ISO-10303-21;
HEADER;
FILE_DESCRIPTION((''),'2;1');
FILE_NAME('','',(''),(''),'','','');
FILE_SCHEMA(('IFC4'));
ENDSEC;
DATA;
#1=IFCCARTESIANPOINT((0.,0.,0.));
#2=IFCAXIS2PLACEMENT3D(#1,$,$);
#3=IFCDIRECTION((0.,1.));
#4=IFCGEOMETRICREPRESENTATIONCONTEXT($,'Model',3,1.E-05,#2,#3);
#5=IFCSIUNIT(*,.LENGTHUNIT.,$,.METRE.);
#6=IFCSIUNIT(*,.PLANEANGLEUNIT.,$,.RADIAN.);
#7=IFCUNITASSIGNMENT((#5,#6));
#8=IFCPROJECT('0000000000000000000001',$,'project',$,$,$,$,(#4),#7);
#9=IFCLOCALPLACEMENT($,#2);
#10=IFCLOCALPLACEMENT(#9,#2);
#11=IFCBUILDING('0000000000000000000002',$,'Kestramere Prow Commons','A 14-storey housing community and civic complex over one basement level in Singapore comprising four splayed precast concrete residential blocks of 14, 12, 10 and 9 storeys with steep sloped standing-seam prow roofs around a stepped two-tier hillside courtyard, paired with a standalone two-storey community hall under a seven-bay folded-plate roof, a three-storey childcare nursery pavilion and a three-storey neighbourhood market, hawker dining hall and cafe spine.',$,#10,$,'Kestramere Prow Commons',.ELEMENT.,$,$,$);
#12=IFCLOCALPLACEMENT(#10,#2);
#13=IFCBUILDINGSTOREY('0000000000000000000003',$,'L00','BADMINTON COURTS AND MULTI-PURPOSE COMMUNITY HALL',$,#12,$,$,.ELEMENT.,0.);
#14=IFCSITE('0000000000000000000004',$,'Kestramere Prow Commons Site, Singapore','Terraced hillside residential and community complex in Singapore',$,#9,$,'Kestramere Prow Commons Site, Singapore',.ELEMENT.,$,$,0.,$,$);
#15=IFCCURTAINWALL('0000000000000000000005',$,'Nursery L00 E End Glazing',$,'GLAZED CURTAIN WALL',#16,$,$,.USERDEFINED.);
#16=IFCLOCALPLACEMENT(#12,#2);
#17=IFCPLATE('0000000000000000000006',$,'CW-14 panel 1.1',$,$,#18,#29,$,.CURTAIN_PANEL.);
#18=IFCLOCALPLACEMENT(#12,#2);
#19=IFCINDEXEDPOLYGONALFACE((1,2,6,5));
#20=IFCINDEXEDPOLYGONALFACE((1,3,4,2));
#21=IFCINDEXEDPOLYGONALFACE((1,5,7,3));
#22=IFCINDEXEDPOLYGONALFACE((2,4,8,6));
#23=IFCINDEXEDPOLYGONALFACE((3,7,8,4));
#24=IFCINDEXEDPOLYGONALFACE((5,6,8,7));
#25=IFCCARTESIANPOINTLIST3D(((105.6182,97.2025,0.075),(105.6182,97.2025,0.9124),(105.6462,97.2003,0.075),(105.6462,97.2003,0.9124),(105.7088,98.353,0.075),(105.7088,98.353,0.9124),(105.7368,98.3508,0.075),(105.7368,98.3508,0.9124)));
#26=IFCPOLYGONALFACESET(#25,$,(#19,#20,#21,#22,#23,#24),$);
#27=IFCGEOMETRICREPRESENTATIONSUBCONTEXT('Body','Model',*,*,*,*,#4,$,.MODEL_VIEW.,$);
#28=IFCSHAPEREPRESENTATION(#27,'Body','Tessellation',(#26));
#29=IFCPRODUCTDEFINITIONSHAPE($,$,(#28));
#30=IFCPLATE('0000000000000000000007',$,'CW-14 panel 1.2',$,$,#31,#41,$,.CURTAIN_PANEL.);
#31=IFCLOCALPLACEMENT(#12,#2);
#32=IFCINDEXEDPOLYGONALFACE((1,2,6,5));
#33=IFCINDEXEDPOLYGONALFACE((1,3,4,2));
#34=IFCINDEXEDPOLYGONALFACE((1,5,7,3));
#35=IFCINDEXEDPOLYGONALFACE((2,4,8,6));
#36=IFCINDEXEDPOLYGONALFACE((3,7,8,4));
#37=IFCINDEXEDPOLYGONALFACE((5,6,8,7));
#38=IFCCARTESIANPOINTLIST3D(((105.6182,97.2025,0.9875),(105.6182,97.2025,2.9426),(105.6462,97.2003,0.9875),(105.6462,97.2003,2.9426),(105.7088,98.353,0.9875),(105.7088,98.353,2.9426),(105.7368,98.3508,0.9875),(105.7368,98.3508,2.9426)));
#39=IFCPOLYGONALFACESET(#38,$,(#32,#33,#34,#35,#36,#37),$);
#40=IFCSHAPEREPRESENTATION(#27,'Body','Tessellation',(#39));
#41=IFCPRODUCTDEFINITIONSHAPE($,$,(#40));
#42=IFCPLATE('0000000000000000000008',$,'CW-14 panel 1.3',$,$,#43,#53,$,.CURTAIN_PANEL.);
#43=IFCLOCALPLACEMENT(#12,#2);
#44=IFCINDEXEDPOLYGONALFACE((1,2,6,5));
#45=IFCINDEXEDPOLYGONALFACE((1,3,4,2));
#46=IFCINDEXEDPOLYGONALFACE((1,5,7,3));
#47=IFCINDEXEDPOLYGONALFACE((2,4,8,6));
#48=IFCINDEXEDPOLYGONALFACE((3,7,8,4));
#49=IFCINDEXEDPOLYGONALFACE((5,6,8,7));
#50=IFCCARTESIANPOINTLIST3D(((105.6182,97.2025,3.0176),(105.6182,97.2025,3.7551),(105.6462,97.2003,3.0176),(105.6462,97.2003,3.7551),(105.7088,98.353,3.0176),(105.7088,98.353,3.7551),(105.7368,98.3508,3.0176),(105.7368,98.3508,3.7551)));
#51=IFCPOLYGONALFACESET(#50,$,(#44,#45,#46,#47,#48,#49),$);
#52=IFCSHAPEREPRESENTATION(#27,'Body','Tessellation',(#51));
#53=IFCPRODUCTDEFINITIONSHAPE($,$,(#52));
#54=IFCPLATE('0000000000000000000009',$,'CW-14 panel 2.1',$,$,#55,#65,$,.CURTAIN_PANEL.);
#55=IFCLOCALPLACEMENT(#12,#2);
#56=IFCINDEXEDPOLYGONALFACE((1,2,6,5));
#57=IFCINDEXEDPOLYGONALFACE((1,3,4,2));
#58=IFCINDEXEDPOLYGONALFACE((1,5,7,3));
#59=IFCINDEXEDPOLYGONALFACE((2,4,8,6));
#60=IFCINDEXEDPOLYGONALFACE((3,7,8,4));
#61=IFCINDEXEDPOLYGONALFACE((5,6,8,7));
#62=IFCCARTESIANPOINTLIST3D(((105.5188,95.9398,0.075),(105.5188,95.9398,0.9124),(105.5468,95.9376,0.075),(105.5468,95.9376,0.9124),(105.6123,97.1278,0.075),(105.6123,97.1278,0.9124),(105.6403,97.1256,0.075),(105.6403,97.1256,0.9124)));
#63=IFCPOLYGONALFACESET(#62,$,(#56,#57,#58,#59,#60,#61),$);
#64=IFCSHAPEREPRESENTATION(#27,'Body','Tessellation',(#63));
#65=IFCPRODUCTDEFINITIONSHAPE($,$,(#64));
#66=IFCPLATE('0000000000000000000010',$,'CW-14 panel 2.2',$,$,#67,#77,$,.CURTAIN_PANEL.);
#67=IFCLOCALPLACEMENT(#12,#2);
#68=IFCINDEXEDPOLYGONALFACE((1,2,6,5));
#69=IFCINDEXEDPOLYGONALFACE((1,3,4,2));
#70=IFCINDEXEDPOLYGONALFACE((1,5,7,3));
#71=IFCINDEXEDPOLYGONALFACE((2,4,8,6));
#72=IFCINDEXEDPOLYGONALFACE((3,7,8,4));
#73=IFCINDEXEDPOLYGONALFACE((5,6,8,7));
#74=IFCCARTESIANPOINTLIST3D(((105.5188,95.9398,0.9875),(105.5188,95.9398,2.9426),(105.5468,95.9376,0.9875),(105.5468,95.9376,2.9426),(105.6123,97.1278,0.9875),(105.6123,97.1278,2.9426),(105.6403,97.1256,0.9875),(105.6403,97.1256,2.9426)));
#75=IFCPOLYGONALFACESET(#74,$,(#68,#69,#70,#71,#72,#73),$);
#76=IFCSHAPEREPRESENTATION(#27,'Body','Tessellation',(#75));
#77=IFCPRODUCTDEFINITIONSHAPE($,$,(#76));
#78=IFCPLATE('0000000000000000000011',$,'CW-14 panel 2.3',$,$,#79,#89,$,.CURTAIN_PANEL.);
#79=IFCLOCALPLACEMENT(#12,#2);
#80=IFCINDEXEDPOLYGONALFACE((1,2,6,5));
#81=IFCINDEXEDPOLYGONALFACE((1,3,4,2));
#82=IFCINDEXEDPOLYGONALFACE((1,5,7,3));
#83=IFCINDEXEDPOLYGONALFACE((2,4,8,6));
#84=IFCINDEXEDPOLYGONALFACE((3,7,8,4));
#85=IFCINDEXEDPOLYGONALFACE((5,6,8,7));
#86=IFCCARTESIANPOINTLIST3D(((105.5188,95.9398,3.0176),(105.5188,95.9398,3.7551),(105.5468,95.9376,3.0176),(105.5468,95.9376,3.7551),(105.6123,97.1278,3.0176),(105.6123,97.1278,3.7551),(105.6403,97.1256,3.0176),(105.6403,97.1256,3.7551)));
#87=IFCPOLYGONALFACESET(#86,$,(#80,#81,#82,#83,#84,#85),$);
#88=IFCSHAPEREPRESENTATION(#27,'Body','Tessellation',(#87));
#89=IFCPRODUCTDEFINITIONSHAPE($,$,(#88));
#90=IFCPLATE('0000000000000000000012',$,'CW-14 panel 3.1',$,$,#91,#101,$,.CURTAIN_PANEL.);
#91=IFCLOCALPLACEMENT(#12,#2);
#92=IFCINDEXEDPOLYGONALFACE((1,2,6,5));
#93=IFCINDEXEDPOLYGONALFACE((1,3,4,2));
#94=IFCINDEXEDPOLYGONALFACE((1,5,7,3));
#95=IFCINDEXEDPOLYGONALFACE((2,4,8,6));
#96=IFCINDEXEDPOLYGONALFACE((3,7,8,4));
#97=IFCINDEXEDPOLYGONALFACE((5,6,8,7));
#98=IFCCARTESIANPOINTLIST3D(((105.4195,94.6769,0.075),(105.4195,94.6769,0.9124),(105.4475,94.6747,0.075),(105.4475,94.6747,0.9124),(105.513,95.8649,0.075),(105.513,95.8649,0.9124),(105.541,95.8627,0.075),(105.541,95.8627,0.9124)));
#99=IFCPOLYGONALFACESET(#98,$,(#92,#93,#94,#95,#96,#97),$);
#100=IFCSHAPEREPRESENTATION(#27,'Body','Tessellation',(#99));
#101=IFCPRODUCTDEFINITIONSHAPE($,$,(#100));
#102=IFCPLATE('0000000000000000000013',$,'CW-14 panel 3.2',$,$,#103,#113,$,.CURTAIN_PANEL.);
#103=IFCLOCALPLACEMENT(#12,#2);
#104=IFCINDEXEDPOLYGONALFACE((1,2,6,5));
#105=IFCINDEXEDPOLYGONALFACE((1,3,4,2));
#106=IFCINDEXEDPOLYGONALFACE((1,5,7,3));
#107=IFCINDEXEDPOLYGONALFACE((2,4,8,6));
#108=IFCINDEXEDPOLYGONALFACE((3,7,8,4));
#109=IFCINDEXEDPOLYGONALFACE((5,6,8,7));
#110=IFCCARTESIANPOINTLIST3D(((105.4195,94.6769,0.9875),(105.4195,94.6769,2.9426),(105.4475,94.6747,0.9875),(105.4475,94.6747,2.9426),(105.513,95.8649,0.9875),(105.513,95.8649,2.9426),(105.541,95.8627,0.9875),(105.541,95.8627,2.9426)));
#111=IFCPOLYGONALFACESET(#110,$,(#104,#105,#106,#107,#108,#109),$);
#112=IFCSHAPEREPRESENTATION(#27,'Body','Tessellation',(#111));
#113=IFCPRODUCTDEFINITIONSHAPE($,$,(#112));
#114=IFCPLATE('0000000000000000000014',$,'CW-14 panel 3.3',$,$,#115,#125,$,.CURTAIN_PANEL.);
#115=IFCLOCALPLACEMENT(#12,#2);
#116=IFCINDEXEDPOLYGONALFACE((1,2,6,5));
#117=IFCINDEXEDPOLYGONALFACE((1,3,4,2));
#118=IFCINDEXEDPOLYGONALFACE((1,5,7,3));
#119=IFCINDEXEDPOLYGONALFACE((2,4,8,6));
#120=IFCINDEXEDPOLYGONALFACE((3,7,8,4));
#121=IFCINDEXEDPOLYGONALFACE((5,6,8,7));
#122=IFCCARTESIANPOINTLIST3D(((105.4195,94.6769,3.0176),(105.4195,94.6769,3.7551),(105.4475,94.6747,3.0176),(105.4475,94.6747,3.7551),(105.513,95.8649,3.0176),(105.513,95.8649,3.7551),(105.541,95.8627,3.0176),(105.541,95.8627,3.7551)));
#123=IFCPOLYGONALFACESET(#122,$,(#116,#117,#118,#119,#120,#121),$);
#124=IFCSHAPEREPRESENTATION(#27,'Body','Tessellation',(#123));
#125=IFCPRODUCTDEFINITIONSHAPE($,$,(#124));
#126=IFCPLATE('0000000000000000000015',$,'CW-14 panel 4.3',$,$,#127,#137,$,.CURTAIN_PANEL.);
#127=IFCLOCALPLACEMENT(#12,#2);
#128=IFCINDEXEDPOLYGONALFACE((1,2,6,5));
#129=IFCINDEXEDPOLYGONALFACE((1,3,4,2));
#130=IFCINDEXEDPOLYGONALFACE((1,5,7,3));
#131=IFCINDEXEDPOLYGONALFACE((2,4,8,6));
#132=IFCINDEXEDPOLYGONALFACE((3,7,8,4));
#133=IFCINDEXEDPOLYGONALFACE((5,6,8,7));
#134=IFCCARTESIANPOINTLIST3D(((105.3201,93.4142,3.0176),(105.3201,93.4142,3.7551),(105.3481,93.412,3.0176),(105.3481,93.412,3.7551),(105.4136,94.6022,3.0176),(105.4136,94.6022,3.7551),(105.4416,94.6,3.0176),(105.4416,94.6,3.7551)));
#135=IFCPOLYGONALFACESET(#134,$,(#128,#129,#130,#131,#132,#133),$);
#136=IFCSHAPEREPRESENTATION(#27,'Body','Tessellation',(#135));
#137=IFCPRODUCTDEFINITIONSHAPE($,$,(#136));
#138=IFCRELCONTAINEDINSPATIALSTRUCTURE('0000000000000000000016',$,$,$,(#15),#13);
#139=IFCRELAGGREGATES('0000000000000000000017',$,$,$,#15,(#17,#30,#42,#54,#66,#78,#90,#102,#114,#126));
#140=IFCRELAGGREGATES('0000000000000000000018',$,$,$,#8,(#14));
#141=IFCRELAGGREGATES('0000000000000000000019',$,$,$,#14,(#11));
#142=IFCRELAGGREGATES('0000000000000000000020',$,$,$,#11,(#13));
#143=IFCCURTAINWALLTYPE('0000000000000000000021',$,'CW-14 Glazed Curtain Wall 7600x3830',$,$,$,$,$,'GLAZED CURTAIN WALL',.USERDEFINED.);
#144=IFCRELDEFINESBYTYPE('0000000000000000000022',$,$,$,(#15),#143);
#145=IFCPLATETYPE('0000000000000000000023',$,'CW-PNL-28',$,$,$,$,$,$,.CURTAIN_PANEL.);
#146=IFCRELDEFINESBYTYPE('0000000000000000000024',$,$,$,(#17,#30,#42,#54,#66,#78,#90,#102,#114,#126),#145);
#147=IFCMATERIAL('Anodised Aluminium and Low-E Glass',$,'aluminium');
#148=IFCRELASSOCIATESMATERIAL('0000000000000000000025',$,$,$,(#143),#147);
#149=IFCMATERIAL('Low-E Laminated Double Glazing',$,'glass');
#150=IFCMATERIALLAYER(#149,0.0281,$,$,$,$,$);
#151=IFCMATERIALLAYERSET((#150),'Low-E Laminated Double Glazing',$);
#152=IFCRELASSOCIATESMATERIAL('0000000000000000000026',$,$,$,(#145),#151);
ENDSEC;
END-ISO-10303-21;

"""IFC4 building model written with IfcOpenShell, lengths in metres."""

from ifc_helpers import new_model, si_unit, direction, frame, origin, origin_2d, place, context, subcontext, project, spatial, rectangle, extrude, material, layer, layer_set, type_object, element, aggregate, save


model = new_model("IFC4")

# Units and contexts
model_context = context("Model", 3, precision=1e-05, world=origin(), true_north=direction((0.0, 1.0)))
body_context = subcontext(model_context, "Body", "Model", "MODEL_VIEW")
ifc_project = project(units=[si_unit("LENGTHUNIT", "METRE"), si_unit("PLANEANGLEUNIT", "RADIAN")], contexts=[model_context])

# Site, building, storey
site_placement = place(None, origin())
site = spatial("IfcSite", under=ifc_project, at=site_placement, Name="Kestramere Prow Commons Site, Singapore", Description="Terraced hillside residential and community complex in Singapore", LongName="Kestramere Prow Commons Site, Singapore", CompositionType="ELEMENT", RefElevation=0.0)
building_placement = place(site_placement, origin())
building = spatial("IfcBuilding", under=site, at=building_placement, Name="Kestramere Prow Commons", Description="A 14-storey housing community and civic complex over one basement level in Singapore comprising four splayed precast concrete residential blocks of 14, 12, 10 and 9 storeys with steep sloped standing-seam prow roofs around a stepped two-tier hillside courtyard, paired with a standalone two-storey community hall under a seven-bay folded-plate roof, a three-storey childcare nursery pavilion and a three-storey neighbourhood market, hawker dining hall and cafe spine.", LongName="Kestramere Prow Commons", CompositionType="ELEMENT")
storey_placement = place(building_placement, origin())
storey = spatial("IfcBuildingStorey", under=building, at=storey_placement, Name="L00", Description="BADMINTON COURTS AND MULTI-PURPOSE COMMUNITY HALL", CompositionType="ELEMENT", Elevation=0.0)

# Curtain wall, plates
ifc_material_1 = material(Name="Anodised Aluminium and Low-E Glass", Category="aluminium")
curtain_wall_type = type_object("IfcCurtainWallType", Name="CW-14 Glazed Curtain Wall 7600x3830", ElementType="GLAZED CURTAIN WALL", PredefinedType="USERDEFINED", material=ifc_material_1)
curtain_wall_placement = place(storey_placement, origin())
curtain_wall = element("IfcCurtainWall", 1, at=curtain_wall_placement, inside=storey, type_object=curtain_wall_type, Name="Nursery L00 E End Glazing", ObjectType="GLAZED CURTAIN WALL", PredefinedType="USERDEFINED")
ifc_material_2 = material(Name="Low-E Laminated Double Glazing", Category="glass")
ifc_layer = layer(ifc_material_2, 0.0281)
ifc_layer_set = layer_set([ifc_layer], Name="Low-E Laminated Double Glazing")
plate_type = type_object("IfcPlateType", Name="CW-PNL-28", PredefinedType="CURTAIN_PANEL", material=ifc_layer_set)
plate_1_placement = place(storey_placement, frame((105.6775, 97.7766, 0.075), z_axis=(0.0, 0.0, 1.0), x_axis=(-0.078459, -0.996917, 0.0)))
plate_1 = element("IfcPlate", 2, at=plate_1_placement, type_object=plate_type, Name="CW-14 panel 1.1", PredefinedType="CURTAIN_PANEL", context=body_context, shape_type="SweptSolid", body=[
    extrude(rectangle(XDim=1.1541, YDim=0.0281, at=origin_2d()), origin(), (0.0, 0.0, 1.0), 0.8374),
])
plate_2_placement = place(storey_placement, frame((105.6775, 97.7766, 0.9875), z_axis=(0.0, 0.0, 1.0), x_axis=(-0.078459, -0.996917, 0.0)))
plate_2 = element("IfcPlate", 3, at=plate_2_placement, type_object=plate_type, Name="CW-14 panel 1.2", PredefinedType="CURTAIN_PANEL", context=body_context, shape_type="SweptSolid", body=[
    extrude(rectangle(XDim=1.1541, YDim=0.0281, at=origin_2d()), origin(), (0.0, 0.0, 1.0), 1.9551),
])
plate_3_placement = place(storey_placement, frame((105.6775, 97.7766, 3.0176), z_axis=(0.0, 0.0, 1.0), x_axis=(-0.078459, -0.996917, 0.0)))
plate_3 = element("IfcPlate", 4, at=plate_3_placement, type_object=plate_type, Name="CW-14 panel 1.3", PredefinedType="CURTAIN_PANEL", context=body_context, shape_type="SweptSolid", body=[
    extrude(rectangle(XDim=1.1541, YDim=0.0281, at=origin_2d()), origin(), (0.0, 0.0, 1.0), 0.7375),
])
plate_4_placement = place(storey_placement, frame((105.5796, 96.5327, 0.075), z_axis=(0.0, 0.0, 1.0), x_axis=(-0.078459, -0.996917, 0.0)))
plate_4 = element("IfcPlate", 5, at=plate_4_placement, type_object=plate_type, Name="CW-14 panel 2.1", PredefinedType="CURTAIN_PANEL", context=body_context, shape_type="SweptSolid", body=[
    extrude(rectangle(XDim=1.1917, YDim=0.0281, at=origin_2d()), origin(), (0.0, 0.0, 1.0), 0.8374),
])
plate_5_placement = place(storey_placement, frame((105.5796, 96.5327, 0.9875), z_axis=(0.0, 0.0, 1.0), x_axis=(-0.078459, -0.996917, 0.0)))
plate_5 = element("IfcPlate", 6, at=plate_5_placement, type_object=plate_type, Name="CW-14 panel 2.2", PredefinedType="CURTAIN_PANEL", context=body_context, shape_type="SweptSolid", body=[
    extrude(rectangle(XDim=1.1917, YDim=0.0281, at=origin_2d()), origin(), (0.0, 0.0, 1.0), 1.9551),
])
plate_6_placement = place(storey_placement, frame((105.5796, 96.5327, 3.0176), z_axis=(0.0, 0.0, 1.0), x_axis=(-0.078459, -0.996917, 0.0)))
plate_6 = element("IfcPlate", 7, at=plate_6_placement, type_object=plate_type, Name="CW-14 panel 2.3", PredefinedType="CURTAIN_PANEL", context=body_context, shape_type="SweptSolid", body=[
    extrude(rectangle(XDim=1.1917, YDim=0.0281, at=origin_2d()), origin(), (0.0, 0.0, 1.0), 0.7375),
])
plate_7_placement = place(storey_placement, frame((105.4802, 95.2698, 0.075), z_axis=(0.0, 0.0, 1.0), x_axis=(-0.078459, -0.996917, 0.0)))
plate_7 = element("IfcPlate", 8, at=plate_7_placement, type_object=plate_type, Name="CW-14 panel 3.1", PredefinedType="CURTAIN_PANEL", context=body_context, shape_type="SweptSolid", body=[
    extrude(rectangle(XDim=1.1917, YDim=0.0281, at=origin_2d()), origin(), (0.0, 0.0, 1.0), 0.8374),
])
plate_8_placement = place(storey_placement, frame((105.4802, 95.2698, 0.9875), z_axis=(0.0, 0.0, 1.0), x_axis=(-0.078459, -0.996917, 0.0)))
plate_8 = element("IfcPlate", 9, at=plate_8_placement, type_object=plate_type, Name="CW-14 panel 3.2", PredefinedType="CURTAIN_PANEL", context=body_context, shape_type="SweptSolid", body=[
    extrude(rectangle(XDim=1.1917, YDim=0.0281, at=origin_2d()), origin(), (0.0, 0.0, 1.0), 1.9551),
])
plate_9_placement = place(storey_placement, frame((105.4802, 95.2698, 3.0176), z_axis=(0.0, 0.0, 1.0), x_axis=(-0.078459, -0.996917, 0.0)))
plate_9 = element("IfcPlate", 10, at=plate_9_placement, type_object=plate_type, Name="CW-14 panel 3.3", PredefinedType="CURTAIN_PANEL", context=body_context, shape_type="SweptSolid", body=[
    extrude(rectangle(XDim=1.1917, YDim=0.0281, at=origin_2d()), origin(), (0.0, 0.0, 1.0), 0.7375),
])
plate_10_placement = place(storey_placement, frame((105.3809, 94.0071, 3.0176), z_axis=(0.0, 0.0, 1.0), x_axis=(-0.078459, -0.996917, 0.0)))
plate_10 = element("IfcPlate", 11, at=plate_10_placement, type_object=plate_type, Name="CW-14 panel 4.3", PredefinedType="CURTAIN_PANEL", context=body_context, shape_type="SweptSolid", body=[
    extrude(rectangle(XDim=1.1917, YDim=0.0281, at=origin_2d()), origin(), (0.0, 0.0, 1.0), 0.7375),
])
aggregate(curtain_wall, [plate_1, plate_2, plate_3, plate_4, plate_5, plate_6, plate_7, plate_8, plate_9, plate_10])

save(model, "model.ifc")
